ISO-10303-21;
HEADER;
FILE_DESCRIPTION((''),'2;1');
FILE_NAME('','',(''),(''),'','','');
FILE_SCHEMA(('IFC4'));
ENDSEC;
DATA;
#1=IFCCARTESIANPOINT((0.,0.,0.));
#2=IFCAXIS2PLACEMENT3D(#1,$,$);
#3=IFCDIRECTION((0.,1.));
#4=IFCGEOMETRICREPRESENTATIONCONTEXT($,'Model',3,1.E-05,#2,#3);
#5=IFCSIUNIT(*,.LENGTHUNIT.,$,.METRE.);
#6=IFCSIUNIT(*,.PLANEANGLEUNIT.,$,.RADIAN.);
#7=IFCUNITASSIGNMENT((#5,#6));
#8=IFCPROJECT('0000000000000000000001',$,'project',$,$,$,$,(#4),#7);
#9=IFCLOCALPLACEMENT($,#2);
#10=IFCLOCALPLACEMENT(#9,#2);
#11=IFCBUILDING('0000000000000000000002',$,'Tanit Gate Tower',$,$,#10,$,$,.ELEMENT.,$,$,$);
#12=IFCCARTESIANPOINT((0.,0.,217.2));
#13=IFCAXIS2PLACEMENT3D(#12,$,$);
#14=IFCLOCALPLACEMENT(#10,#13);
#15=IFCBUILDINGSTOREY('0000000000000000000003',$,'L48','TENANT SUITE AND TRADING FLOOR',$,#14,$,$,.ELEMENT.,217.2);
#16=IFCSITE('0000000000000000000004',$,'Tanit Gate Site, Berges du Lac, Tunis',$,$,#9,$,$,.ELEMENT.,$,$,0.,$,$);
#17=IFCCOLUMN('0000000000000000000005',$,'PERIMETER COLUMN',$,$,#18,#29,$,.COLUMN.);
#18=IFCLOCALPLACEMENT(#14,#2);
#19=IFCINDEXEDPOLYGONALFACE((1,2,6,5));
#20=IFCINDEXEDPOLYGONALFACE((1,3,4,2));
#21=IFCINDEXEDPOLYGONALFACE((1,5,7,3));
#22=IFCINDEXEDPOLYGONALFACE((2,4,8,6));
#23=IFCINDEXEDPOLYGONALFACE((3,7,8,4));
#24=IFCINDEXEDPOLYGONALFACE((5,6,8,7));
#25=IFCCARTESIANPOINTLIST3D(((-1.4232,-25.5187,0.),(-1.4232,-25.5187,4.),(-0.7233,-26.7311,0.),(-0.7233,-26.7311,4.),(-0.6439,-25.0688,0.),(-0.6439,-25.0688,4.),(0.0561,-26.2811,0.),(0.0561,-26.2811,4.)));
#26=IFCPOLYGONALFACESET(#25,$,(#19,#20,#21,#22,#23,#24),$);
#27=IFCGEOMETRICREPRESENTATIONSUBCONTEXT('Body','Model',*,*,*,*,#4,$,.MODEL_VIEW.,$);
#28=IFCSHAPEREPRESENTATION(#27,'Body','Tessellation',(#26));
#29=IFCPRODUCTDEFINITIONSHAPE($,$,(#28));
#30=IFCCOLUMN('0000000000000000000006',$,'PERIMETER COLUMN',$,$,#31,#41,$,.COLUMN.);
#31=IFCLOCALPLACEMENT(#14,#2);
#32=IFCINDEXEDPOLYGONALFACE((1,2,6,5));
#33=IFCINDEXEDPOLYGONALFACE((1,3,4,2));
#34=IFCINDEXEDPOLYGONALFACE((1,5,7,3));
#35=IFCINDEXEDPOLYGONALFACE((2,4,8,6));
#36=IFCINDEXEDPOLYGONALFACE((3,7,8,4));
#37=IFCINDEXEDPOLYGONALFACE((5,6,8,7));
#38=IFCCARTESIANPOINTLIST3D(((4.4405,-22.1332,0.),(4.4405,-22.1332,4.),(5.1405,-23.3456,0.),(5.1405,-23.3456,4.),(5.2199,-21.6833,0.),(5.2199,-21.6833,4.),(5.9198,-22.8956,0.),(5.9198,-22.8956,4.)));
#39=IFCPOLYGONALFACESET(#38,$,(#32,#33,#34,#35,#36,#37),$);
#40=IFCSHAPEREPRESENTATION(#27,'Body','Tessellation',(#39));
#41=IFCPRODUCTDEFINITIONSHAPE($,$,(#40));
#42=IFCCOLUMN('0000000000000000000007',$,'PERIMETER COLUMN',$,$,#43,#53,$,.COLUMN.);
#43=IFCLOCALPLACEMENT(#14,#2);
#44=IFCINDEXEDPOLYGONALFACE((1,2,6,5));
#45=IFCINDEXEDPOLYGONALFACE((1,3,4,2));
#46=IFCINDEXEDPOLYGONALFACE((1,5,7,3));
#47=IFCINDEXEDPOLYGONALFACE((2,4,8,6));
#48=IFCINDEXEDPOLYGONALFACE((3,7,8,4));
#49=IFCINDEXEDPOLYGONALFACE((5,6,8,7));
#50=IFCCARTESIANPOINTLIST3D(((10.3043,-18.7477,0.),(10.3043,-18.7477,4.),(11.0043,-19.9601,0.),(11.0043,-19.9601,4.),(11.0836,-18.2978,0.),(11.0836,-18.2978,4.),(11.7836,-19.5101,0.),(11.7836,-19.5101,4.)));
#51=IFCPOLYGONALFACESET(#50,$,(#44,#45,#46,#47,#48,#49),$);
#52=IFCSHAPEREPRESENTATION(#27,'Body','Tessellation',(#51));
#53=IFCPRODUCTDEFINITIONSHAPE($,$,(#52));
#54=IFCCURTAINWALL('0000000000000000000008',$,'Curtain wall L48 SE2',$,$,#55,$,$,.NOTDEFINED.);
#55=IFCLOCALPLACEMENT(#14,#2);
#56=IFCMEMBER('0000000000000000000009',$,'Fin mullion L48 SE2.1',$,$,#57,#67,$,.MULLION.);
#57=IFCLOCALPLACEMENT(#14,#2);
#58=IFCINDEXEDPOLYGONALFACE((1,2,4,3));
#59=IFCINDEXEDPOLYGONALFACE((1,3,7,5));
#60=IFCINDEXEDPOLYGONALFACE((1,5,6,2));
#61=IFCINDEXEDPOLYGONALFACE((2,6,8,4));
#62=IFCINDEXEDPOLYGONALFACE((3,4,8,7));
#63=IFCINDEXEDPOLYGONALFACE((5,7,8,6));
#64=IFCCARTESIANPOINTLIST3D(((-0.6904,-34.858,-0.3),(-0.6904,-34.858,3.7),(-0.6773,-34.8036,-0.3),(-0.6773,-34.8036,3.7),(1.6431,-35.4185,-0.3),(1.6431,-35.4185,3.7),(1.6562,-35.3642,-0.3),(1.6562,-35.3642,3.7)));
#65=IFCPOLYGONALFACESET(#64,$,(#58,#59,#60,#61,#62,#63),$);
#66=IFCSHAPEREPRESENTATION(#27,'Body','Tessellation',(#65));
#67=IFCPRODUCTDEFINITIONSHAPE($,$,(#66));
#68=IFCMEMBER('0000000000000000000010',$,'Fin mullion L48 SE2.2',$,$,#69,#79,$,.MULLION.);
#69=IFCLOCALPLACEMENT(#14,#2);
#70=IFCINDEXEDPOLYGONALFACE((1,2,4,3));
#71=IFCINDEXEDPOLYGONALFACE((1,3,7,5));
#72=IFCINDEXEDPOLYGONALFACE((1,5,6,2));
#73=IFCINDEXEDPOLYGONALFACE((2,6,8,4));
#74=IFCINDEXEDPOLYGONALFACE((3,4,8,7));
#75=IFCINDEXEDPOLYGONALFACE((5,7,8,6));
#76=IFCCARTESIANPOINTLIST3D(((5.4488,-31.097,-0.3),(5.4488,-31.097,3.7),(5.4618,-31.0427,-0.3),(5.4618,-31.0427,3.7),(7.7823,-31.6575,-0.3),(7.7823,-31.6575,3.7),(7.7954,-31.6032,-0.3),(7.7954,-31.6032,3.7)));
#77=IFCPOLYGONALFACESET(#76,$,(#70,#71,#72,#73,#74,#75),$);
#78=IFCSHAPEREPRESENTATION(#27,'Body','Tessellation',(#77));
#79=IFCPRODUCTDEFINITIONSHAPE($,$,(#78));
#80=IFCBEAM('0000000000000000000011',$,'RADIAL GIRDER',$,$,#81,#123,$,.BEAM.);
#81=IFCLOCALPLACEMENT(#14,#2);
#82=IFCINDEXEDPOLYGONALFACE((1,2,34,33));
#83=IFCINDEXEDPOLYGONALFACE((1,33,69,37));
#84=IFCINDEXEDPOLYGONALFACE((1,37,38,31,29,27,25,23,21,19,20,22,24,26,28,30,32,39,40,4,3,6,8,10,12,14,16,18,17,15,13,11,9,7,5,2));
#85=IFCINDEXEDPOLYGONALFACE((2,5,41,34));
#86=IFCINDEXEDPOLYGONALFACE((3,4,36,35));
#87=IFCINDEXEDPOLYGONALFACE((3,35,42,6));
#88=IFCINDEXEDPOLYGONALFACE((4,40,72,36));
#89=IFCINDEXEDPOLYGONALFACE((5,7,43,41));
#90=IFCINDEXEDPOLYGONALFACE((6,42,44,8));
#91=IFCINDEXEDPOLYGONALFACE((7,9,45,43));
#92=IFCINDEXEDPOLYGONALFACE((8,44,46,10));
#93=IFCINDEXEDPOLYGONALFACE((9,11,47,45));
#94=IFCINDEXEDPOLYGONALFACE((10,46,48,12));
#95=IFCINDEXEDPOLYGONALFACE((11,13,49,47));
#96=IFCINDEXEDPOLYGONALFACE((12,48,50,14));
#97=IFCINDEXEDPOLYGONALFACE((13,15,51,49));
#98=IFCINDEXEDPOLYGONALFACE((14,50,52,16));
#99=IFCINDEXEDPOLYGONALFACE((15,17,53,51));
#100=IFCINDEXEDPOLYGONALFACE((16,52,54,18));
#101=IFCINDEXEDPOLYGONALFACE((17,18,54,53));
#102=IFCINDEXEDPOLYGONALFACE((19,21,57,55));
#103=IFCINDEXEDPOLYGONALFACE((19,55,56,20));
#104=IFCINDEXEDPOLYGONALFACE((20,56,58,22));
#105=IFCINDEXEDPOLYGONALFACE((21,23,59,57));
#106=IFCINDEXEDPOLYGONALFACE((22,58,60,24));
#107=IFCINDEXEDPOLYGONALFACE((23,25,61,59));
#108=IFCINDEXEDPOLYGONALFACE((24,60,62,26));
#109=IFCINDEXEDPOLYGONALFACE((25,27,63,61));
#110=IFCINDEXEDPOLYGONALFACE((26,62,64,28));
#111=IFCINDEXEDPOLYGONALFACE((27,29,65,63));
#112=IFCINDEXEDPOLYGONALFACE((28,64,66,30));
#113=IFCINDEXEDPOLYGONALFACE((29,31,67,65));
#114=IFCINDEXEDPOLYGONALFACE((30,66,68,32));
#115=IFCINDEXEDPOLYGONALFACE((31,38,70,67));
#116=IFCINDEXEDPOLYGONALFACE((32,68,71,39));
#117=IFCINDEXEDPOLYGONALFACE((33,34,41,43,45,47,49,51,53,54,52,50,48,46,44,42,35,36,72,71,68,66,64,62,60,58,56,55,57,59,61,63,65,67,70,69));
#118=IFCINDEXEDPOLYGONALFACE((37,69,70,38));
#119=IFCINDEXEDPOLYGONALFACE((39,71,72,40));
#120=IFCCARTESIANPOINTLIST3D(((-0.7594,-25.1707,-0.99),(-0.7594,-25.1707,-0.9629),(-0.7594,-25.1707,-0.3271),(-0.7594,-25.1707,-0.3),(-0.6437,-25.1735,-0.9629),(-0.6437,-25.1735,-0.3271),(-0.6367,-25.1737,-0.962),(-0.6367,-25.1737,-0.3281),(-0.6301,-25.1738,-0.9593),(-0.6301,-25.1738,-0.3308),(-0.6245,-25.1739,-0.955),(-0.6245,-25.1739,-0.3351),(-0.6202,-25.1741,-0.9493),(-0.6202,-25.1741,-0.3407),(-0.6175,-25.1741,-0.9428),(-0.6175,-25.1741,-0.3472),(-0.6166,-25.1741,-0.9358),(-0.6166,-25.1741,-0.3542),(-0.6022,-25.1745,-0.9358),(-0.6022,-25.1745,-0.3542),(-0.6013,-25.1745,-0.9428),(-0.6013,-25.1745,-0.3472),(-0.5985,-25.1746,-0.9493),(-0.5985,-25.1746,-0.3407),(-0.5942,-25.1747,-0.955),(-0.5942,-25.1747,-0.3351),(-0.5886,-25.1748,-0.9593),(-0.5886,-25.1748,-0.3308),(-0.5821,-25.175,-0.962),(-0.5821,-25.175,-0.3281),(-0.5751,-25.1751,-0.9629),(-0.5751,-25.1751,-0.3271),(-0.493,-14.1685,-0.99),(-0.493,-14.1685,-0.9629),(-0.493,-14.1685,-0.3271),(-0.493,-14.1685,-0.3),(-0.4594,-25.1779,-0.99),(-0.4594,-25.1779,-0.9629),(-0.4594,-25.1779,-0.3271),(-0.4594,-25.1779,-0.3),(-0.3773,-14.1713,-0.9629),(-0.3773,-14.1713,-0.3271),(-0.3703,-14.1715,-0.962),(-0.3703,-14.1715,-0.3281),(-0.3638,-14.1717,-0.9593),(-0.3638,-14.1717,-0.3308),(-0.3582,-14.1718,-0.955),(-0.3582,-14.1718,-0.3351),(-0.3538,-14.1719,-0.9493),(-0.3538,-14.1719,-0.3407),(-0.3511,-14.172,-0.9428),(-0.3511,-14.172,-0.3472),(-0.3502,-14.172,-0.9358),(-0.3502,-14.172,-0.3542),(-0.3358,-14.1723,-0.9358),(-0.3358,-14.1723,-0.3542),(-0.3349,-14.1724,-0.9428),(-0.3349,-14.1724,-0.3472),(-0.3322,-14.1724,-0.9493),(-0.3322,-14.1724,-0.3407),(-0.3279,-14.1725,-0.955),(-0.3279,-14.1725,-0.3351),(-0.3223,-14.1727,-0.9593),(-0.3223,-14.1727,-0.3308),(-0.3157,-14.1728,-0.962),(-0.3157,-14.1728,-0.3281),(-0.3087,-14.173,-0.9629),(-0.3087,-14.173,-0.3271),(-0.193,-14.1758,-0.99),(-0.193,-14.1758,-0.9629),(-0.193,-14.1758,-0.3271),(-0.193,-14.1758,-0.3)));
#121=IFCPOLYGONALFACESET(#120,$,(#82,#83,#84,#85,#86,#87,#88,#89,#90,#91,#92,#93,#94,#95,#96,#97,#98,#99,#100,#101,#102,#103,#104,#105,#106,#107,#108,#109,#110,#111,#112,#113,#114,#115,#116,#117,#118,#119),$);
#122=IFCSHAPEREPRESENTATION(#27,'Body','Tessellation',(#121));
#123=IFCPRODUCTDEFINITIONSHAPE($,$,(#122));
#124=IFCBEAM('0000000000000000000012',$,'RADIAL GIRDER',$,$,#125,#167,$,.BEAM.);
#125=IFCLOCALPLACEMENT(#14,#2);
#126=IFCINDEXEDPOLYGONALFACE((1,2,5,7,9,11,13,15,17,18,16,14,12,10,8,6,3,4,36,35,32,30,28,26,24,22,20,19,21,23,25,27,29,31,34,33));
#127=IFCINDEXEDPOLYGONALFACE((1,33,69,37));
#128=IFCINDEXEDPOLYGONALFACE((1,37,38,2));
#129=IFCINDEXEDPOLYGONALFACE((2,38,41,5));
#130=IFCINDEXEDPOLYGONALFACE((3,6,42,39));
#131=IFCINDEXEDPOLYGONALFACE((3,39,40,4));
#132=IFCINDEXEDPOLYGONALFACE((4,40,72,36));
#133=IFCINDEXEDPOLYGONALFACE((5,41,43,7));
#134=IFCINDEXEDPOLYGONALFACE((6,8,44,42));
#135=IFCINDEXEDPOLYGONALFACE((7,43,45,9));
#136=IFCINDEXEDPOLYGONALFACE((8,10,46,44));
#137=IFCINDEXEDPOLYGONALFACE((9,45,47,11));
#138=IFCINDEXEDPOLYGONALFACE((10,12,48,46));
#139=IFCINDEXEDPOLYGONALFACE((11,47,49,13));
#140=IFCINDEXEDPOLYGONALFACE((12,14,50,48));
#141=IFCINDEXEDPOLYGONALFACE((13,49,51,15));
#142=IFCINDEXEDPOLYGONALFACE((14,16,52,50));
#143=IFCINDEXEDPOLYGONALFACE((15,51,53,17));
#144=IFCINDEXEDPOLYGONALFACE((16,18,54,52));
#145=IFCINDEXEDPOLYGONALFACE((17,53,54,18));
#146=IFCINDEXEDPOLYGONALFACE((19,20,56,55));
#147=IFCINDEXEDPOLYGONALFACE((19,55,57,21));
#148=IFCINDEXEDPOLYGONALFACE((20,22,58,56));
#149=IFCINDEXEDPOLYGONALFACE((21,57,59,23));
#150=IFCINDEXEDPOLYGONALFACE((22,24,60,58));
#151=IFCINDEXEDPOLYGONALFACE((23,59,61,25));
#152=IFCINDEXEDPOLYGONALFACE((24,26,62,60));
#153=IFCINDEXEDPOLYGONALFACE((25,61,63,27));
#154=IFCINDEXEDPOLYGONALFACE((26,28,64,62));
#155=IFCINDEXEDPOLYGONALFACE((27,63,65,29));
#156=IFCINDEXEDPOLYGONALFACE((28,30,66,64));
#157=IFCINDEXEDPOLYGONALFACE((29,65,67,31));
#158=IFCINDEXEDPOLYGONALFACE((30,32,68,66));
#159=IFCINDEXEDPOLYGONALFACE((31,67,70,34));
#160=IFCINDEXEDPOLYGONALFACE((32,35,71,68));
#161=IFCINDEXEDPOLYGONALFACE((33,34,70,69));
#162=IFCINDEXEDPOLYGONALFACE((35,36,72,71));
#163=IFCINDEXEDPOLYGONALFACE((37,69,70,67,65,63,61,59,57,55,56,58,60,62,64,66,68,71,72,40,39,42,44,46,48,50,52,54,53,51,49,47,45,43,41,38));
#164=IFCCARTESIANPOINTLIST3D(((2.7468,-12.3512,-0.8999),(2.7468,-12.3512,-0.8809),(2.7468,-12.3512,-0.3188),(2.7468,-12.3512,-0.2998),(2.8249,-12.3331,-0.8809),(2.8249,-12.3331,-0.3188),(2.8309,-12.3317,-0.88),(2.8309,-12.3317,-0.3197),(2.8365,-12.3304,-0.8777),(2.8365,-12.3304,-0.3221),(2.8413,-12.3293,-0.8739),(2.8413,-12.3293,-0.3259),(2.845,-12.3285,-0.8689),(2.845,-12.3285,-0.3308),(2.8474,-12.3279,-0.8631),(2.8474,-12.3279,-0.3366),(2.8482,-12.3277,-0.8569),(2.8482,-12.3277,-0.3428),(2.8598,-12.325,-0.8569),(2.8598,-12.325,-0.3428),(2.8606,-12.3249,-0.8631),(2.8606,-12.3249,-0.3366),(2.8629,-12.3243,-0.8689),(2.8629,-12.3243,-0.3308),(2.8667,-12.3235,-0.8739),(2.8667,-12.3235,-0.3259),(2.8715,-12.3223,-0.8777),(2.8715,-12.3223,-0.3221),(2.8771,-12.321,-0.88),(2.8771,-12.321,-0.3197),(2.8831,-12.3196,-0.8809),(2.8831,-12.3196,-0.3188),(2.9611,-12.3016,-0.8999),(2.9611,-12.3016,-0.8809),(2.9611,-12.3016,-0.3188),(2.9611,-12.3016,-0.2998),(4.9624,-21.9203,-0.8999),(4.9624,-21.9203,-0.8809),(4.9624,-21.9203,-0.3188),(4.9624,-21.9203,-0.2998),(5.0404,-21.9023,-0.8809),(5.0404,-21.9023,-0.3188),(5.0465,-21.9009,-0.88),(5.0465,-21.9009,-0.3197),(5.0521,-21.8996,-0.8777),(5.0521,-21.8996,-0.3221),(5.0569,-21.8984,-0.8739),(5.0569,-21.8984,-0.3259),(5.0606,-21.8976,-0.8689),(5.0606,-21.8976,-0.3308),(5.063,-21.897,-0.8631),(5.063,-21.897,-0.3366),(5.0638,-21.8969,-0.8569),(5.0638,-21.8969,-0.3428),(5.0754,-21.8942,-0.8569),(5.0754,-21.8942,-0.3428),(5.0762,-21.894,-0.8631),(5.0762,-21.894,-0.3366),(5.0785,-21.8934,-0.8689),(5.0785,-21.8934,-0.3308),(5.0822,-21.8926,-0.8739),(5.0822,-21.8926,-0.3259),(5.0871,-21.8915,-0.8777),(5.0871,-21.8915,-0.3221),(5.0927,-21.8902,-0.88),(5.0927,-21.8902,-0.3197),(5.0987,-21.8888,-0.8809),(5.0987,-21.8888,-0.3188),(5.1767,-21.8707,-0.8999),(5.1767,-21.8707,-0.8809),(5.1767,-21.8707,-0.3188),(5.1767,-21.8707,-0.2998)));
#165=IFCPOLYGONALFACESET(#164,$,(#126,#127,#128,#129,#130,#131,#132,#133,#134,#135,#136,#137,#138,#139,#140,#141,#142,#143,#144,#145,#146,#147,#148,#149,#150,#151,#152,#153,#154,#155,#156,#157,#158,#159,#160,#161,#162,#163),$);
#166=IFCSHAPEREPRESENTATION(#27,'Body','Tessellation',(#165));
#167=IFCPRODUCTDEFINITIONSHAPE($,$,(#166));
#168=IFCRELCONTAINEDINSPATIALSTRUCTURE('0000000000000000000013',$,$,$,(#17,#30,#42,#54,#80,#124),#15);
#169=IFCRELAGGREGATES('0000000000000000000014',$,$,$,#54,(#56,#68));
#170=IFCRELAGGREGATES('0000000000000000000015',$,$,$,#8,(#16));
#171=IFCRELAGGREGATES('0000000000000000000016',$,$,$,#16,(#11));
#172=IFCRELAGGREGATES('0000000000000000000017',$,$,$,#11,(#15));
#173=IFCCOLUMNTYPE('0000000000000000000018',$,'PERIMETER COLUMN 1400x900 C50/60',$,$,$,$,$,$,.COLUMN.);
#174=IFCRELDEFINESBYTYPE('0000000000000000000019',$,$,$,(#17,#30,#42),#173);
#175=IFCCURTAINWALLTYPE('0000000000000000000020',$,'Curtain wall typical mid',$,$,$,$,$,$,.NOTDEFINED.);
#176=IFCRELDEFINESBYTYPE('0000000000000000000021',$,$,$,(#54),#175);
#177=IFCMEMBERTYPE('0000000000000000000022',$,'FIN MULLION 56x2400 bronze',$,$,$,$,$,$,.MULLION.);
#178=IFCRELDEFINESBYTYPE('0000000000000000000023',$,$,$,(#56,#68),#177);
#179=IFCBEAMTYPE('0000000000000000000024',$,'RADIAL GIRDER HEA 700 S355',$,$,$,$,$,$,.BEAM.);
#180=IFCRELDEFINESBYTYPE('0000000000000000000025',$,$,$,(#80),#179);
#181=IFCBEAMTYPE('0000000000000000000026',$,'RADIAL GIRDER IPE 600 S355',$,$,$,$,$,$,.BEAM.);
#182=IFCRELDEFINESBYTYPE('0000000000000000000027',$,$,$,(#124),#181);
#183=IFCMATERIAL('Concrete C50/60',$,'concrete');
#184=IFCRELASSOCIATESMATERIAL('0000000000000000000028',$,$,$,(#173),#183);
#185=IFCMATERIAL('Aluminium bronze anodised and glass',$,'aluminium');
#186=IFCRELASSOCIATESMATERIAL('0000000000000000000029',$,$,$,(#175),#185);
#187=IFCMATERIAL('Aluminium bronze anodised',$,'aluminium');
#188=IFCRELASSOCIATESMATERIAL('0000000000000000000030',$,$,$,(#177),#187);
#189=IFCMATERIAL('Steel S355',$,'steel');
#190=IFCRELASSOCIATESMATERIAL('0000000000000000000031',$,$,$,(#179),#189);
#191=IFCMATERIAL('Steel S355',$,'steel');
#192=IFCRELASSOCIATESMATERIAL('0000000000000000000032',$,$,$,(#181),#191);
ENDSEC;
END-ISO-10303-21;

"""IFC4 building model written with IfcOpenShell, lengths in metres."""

from ifc_helpers import new_model, si_unit, direction, frame, origin, origin_2d, place, context, subcontext, project, spatial, rectangle, i_section, extrude, material, material_profile, profile_set, type_object, element, aggregate, save


model = new_model("IFC4")

# Units and contexts
model_context = context("Model", 3, precision=1e-05, world=origin(), true_north=direction((0.0, 1.0)))
body_context = subcontext(model_context, "Body", "Model", "MODEL_VIEW")
ifc_project = project(units=[si_unit("LENGTHUNIT", "METRE"), si_unit("PLANEANGLEUNIT", "RADIAN")], contexts=[model_context])

# Site, building, storey
site_placement = place(None, origin())
site = spatial("IfcSite", under=ifc_project, at=site_placement, Name="Tanit Gate Site, Berges du Lac, Tunis", CompositionType="ELEMENT", RefElevation=0.0)
building_placement = place(site_placement, origin())
building = spatial("IfcBuilding", under=site, at=building_placement, Name="Tanit Gate Tower", CompositionType="ELEMENT")
storey_placement = place(building_placement, frame((0.0, 0.0, 217.2)))
storey = spatial("IfcBuildingStorey", under=building, at=storey_placement, Name="L48", Description="TENANT SUITE AND TRADING FLOOR", CompositionType="ELEMENT", Elevation=217.2)

# Columns
ifc_material_1 = material(Name="Concrete C50/60", Category="concrete")
ifc_material_profile_1 = material_profile(ifc_material_1, rectangle(XDim=1.3999, YDim=0.8999, at=origin_2d()), Name="RC 1400x900")
ifc_profile_set_1 = profile_set([ifc_material_profile_1], Name="Concrete C50/60")
column_type = type_object("IfcColumnType", Name="PERIMETER COLUMN 1400x900 C50/60", PredefinedType="COLUMN", material=ifc_profile_set_1)
for number, where, z_axis, x_axis, name in (
    (1, (-0.6836, -25.8999, 0.0), (0.0, 0.0, 1.0), (0.5, -0.866025, 0.0), "PERIMETER COLUMN"),
    (2, (5.1802, -22.5144, 0.0), (0.0, 0.0, 1.0), (0.5, -0.866025, 0.0), "PERIMETER COLUMN"),
    (3, (11.0439, -19.1289, 0.0), (0.0, 0.0, 1.0), (0.5, -0.866025, 0.0), "PERIMETER COLUMN"),
):
    element("IfcColumn", number, at=place(storey_placement, frame(where, z_axis=z_axis, x_axis=x_axis)), inside=storey, type_object=column_type, Name=name, PredefinedType="COLUMN", context=body_context, shape_type="SweptSolid", body=[
        extrude(rectangle(XDim=1.3999, YDim=0.8999, at=origin_2d()), origin(), (0.0, 0.0, 1.0), 4.0),
    ])

# Curtain wall, members
ifc_material_2 = material(Name="Aluminium bronze anodised and glass", Category="aluminium")
curtain_wall_type = type_object("IfcCurtainWallType", Name="Curtain wall typical mid", PredefinedType="NOTDEFINED", material=ifc_material_2)
curtain_wall_placement = place(storey_placement, origin())
curtain_wall = element("IfcCurtainWall", 4, at=curtain_wall_placement, inside=storey, type_object=curtain_wall_type, Name="Curtain wall L48 SE2", PredefinedType="NOTDEFINED")
ifc_material_3 = material(Name="Aluminium bronze anodised", Category="aluminium")
ifc_material_profile_2 = material_profile(ifc_material_3, rectangle(XDim=2.3999, YDim=0.0559, at=origin_2d()), Name="56x2400 bronze fin mullion")
ifc_profile_set_2 = profile_set([ifc_material_profile_2], Name="Aluminium bronze anodised")
member_type_1 = type_object("IfcMemberType", Name="FIN MULLION 56x2400 bronze", PredefinedType="MULLION", material=ifc_profile_set_2)
member_1_placement = place(storey_placement, frame((0.4829, -35.1111, -0.3), z_axis=(0.0, 0.0, 1.0), x_axis=(-0.972343, 0.233557, 0.0)))
member_1 = element("IfcMember", 5, at=member_1_placement, type_object=member_type_1, Name="Fin mullion L48 SE2.1", PredefinedType="MULLION", context=body_context, shape_type="SweptSolid", body=[
    extrude(rectangle(XDim=2.3999, YDim=0.0559, at=origin_2d()), origin(), (0.0, 0.0, 1.0), 4.0),
])
member_2_placement = place(storey_placement, frame((6.6221, -31.3501, -0.3), z_axis=(0.0, 0.0, 1.0), x_axis=(-0.972343, 0.233557, 0.0)))
member_2 = element("IfcMember", 6, at=member_2_placement, type_object=member_type_1, Name="Fin mullion L48 SE2.2", PredefinedType="MULLION", context=body_context, shape_type="SweptSolid", body=[
    extrude(rectangle(XDim=2.3999, YDim=0.0559, at=origin_2d()), origin(), (0.0, 0.0, 1.0), 4.0),
])

# Beams
ifc_material_4 = material(Name="Steel S355", Category="steel")
ifc_material_profile_3 = material_profile(ifc_material_4, i_section(OverallWidth=0.3, OverallDepth=0.6899, WebThickness=0.0144, FlangeThickness=0.0271, FilletRadius=0.0271, at=origin_2d()), Name="HEA 700")
ifc_profile_set_3 = profile_set([ifc_material_profile_3], Name="Steel S355")
beam_type_1 = type_object("IfcBeamType", Name="RADIAL GIRDER HEA 700 S355", PredefinedType="BEAM", material=ifc_profile_set_3)
beam_1_placement = place(storey_placement, frame((-0.6094, -25.1743, -0.645), z_axis=(0.024202, 0.999707, 0.0), x_axis=(-0.999707, 0.024202, 0.0)))
element("IfcBeam", 7, at=beam_1_placement, inside=storey, type_object=beam_type_1, Name="RADIAL GIRDER", PredefinedType="BEAM", context=body_context, shape_type="SweptSolid", body=[
    extrude(i_section(OverallWidth=0.3, OverallDepth=0.6899, WebThickness=0.0144, FlangeThickness=0.0271, FilletRadius=0.0271, at=origin_2d()), origin(), (0.0, 0.0, 1.0), 11.0054),
])
ifc_material_5 = material(Name="Steel S355", Category="steel")
ifc_material_profile_4 = material_profile(ifc_material_5, i_section(OverallWidth=0.22, OverallDepth=0.6001, WebThickness=0.012, FlangeThickness=0.019, FilletRadius=0.0239, at=origin_2d()), Name="IPE 600")
ifc_profile_set_4 = profile_set([ifc_material_profile_4], Name="Steel S355")
beam_type_2 = type_object("IfcBeamType", Name="RADIAL GIRDER IPE 600 S355", PredefinedType="BEAM", material=ifc_profile_set_4)
beam_2_placement = place(storey_placement, frame((5.0696, -21.8955, -0.5999), z_axis=(-0.225567, 0.974228, 0.0), x_axis=(-0.974228, -0.225567, 0.0)))
element("IfcBeam", 8, at=beam_2_placement, inside=storey, type_object=beam_type_2, Name="RADIAL GIRDER", PredefinedType="BEAM", context=body_context, shape_type="SweptSolid", body=[
    extrude(i_section(OverallWidth=0.22, OverallDepth=0.6001, WebThickness=0.012, FlangeThickness=0.019, FilletRadius=0.0239, at=origin_2d()), origin(), (0.0, 0.0, 1.0), 9.8223),
])

aggregate(curtain_wall, [member_1, member_2])

save(model, "model.ifc")
